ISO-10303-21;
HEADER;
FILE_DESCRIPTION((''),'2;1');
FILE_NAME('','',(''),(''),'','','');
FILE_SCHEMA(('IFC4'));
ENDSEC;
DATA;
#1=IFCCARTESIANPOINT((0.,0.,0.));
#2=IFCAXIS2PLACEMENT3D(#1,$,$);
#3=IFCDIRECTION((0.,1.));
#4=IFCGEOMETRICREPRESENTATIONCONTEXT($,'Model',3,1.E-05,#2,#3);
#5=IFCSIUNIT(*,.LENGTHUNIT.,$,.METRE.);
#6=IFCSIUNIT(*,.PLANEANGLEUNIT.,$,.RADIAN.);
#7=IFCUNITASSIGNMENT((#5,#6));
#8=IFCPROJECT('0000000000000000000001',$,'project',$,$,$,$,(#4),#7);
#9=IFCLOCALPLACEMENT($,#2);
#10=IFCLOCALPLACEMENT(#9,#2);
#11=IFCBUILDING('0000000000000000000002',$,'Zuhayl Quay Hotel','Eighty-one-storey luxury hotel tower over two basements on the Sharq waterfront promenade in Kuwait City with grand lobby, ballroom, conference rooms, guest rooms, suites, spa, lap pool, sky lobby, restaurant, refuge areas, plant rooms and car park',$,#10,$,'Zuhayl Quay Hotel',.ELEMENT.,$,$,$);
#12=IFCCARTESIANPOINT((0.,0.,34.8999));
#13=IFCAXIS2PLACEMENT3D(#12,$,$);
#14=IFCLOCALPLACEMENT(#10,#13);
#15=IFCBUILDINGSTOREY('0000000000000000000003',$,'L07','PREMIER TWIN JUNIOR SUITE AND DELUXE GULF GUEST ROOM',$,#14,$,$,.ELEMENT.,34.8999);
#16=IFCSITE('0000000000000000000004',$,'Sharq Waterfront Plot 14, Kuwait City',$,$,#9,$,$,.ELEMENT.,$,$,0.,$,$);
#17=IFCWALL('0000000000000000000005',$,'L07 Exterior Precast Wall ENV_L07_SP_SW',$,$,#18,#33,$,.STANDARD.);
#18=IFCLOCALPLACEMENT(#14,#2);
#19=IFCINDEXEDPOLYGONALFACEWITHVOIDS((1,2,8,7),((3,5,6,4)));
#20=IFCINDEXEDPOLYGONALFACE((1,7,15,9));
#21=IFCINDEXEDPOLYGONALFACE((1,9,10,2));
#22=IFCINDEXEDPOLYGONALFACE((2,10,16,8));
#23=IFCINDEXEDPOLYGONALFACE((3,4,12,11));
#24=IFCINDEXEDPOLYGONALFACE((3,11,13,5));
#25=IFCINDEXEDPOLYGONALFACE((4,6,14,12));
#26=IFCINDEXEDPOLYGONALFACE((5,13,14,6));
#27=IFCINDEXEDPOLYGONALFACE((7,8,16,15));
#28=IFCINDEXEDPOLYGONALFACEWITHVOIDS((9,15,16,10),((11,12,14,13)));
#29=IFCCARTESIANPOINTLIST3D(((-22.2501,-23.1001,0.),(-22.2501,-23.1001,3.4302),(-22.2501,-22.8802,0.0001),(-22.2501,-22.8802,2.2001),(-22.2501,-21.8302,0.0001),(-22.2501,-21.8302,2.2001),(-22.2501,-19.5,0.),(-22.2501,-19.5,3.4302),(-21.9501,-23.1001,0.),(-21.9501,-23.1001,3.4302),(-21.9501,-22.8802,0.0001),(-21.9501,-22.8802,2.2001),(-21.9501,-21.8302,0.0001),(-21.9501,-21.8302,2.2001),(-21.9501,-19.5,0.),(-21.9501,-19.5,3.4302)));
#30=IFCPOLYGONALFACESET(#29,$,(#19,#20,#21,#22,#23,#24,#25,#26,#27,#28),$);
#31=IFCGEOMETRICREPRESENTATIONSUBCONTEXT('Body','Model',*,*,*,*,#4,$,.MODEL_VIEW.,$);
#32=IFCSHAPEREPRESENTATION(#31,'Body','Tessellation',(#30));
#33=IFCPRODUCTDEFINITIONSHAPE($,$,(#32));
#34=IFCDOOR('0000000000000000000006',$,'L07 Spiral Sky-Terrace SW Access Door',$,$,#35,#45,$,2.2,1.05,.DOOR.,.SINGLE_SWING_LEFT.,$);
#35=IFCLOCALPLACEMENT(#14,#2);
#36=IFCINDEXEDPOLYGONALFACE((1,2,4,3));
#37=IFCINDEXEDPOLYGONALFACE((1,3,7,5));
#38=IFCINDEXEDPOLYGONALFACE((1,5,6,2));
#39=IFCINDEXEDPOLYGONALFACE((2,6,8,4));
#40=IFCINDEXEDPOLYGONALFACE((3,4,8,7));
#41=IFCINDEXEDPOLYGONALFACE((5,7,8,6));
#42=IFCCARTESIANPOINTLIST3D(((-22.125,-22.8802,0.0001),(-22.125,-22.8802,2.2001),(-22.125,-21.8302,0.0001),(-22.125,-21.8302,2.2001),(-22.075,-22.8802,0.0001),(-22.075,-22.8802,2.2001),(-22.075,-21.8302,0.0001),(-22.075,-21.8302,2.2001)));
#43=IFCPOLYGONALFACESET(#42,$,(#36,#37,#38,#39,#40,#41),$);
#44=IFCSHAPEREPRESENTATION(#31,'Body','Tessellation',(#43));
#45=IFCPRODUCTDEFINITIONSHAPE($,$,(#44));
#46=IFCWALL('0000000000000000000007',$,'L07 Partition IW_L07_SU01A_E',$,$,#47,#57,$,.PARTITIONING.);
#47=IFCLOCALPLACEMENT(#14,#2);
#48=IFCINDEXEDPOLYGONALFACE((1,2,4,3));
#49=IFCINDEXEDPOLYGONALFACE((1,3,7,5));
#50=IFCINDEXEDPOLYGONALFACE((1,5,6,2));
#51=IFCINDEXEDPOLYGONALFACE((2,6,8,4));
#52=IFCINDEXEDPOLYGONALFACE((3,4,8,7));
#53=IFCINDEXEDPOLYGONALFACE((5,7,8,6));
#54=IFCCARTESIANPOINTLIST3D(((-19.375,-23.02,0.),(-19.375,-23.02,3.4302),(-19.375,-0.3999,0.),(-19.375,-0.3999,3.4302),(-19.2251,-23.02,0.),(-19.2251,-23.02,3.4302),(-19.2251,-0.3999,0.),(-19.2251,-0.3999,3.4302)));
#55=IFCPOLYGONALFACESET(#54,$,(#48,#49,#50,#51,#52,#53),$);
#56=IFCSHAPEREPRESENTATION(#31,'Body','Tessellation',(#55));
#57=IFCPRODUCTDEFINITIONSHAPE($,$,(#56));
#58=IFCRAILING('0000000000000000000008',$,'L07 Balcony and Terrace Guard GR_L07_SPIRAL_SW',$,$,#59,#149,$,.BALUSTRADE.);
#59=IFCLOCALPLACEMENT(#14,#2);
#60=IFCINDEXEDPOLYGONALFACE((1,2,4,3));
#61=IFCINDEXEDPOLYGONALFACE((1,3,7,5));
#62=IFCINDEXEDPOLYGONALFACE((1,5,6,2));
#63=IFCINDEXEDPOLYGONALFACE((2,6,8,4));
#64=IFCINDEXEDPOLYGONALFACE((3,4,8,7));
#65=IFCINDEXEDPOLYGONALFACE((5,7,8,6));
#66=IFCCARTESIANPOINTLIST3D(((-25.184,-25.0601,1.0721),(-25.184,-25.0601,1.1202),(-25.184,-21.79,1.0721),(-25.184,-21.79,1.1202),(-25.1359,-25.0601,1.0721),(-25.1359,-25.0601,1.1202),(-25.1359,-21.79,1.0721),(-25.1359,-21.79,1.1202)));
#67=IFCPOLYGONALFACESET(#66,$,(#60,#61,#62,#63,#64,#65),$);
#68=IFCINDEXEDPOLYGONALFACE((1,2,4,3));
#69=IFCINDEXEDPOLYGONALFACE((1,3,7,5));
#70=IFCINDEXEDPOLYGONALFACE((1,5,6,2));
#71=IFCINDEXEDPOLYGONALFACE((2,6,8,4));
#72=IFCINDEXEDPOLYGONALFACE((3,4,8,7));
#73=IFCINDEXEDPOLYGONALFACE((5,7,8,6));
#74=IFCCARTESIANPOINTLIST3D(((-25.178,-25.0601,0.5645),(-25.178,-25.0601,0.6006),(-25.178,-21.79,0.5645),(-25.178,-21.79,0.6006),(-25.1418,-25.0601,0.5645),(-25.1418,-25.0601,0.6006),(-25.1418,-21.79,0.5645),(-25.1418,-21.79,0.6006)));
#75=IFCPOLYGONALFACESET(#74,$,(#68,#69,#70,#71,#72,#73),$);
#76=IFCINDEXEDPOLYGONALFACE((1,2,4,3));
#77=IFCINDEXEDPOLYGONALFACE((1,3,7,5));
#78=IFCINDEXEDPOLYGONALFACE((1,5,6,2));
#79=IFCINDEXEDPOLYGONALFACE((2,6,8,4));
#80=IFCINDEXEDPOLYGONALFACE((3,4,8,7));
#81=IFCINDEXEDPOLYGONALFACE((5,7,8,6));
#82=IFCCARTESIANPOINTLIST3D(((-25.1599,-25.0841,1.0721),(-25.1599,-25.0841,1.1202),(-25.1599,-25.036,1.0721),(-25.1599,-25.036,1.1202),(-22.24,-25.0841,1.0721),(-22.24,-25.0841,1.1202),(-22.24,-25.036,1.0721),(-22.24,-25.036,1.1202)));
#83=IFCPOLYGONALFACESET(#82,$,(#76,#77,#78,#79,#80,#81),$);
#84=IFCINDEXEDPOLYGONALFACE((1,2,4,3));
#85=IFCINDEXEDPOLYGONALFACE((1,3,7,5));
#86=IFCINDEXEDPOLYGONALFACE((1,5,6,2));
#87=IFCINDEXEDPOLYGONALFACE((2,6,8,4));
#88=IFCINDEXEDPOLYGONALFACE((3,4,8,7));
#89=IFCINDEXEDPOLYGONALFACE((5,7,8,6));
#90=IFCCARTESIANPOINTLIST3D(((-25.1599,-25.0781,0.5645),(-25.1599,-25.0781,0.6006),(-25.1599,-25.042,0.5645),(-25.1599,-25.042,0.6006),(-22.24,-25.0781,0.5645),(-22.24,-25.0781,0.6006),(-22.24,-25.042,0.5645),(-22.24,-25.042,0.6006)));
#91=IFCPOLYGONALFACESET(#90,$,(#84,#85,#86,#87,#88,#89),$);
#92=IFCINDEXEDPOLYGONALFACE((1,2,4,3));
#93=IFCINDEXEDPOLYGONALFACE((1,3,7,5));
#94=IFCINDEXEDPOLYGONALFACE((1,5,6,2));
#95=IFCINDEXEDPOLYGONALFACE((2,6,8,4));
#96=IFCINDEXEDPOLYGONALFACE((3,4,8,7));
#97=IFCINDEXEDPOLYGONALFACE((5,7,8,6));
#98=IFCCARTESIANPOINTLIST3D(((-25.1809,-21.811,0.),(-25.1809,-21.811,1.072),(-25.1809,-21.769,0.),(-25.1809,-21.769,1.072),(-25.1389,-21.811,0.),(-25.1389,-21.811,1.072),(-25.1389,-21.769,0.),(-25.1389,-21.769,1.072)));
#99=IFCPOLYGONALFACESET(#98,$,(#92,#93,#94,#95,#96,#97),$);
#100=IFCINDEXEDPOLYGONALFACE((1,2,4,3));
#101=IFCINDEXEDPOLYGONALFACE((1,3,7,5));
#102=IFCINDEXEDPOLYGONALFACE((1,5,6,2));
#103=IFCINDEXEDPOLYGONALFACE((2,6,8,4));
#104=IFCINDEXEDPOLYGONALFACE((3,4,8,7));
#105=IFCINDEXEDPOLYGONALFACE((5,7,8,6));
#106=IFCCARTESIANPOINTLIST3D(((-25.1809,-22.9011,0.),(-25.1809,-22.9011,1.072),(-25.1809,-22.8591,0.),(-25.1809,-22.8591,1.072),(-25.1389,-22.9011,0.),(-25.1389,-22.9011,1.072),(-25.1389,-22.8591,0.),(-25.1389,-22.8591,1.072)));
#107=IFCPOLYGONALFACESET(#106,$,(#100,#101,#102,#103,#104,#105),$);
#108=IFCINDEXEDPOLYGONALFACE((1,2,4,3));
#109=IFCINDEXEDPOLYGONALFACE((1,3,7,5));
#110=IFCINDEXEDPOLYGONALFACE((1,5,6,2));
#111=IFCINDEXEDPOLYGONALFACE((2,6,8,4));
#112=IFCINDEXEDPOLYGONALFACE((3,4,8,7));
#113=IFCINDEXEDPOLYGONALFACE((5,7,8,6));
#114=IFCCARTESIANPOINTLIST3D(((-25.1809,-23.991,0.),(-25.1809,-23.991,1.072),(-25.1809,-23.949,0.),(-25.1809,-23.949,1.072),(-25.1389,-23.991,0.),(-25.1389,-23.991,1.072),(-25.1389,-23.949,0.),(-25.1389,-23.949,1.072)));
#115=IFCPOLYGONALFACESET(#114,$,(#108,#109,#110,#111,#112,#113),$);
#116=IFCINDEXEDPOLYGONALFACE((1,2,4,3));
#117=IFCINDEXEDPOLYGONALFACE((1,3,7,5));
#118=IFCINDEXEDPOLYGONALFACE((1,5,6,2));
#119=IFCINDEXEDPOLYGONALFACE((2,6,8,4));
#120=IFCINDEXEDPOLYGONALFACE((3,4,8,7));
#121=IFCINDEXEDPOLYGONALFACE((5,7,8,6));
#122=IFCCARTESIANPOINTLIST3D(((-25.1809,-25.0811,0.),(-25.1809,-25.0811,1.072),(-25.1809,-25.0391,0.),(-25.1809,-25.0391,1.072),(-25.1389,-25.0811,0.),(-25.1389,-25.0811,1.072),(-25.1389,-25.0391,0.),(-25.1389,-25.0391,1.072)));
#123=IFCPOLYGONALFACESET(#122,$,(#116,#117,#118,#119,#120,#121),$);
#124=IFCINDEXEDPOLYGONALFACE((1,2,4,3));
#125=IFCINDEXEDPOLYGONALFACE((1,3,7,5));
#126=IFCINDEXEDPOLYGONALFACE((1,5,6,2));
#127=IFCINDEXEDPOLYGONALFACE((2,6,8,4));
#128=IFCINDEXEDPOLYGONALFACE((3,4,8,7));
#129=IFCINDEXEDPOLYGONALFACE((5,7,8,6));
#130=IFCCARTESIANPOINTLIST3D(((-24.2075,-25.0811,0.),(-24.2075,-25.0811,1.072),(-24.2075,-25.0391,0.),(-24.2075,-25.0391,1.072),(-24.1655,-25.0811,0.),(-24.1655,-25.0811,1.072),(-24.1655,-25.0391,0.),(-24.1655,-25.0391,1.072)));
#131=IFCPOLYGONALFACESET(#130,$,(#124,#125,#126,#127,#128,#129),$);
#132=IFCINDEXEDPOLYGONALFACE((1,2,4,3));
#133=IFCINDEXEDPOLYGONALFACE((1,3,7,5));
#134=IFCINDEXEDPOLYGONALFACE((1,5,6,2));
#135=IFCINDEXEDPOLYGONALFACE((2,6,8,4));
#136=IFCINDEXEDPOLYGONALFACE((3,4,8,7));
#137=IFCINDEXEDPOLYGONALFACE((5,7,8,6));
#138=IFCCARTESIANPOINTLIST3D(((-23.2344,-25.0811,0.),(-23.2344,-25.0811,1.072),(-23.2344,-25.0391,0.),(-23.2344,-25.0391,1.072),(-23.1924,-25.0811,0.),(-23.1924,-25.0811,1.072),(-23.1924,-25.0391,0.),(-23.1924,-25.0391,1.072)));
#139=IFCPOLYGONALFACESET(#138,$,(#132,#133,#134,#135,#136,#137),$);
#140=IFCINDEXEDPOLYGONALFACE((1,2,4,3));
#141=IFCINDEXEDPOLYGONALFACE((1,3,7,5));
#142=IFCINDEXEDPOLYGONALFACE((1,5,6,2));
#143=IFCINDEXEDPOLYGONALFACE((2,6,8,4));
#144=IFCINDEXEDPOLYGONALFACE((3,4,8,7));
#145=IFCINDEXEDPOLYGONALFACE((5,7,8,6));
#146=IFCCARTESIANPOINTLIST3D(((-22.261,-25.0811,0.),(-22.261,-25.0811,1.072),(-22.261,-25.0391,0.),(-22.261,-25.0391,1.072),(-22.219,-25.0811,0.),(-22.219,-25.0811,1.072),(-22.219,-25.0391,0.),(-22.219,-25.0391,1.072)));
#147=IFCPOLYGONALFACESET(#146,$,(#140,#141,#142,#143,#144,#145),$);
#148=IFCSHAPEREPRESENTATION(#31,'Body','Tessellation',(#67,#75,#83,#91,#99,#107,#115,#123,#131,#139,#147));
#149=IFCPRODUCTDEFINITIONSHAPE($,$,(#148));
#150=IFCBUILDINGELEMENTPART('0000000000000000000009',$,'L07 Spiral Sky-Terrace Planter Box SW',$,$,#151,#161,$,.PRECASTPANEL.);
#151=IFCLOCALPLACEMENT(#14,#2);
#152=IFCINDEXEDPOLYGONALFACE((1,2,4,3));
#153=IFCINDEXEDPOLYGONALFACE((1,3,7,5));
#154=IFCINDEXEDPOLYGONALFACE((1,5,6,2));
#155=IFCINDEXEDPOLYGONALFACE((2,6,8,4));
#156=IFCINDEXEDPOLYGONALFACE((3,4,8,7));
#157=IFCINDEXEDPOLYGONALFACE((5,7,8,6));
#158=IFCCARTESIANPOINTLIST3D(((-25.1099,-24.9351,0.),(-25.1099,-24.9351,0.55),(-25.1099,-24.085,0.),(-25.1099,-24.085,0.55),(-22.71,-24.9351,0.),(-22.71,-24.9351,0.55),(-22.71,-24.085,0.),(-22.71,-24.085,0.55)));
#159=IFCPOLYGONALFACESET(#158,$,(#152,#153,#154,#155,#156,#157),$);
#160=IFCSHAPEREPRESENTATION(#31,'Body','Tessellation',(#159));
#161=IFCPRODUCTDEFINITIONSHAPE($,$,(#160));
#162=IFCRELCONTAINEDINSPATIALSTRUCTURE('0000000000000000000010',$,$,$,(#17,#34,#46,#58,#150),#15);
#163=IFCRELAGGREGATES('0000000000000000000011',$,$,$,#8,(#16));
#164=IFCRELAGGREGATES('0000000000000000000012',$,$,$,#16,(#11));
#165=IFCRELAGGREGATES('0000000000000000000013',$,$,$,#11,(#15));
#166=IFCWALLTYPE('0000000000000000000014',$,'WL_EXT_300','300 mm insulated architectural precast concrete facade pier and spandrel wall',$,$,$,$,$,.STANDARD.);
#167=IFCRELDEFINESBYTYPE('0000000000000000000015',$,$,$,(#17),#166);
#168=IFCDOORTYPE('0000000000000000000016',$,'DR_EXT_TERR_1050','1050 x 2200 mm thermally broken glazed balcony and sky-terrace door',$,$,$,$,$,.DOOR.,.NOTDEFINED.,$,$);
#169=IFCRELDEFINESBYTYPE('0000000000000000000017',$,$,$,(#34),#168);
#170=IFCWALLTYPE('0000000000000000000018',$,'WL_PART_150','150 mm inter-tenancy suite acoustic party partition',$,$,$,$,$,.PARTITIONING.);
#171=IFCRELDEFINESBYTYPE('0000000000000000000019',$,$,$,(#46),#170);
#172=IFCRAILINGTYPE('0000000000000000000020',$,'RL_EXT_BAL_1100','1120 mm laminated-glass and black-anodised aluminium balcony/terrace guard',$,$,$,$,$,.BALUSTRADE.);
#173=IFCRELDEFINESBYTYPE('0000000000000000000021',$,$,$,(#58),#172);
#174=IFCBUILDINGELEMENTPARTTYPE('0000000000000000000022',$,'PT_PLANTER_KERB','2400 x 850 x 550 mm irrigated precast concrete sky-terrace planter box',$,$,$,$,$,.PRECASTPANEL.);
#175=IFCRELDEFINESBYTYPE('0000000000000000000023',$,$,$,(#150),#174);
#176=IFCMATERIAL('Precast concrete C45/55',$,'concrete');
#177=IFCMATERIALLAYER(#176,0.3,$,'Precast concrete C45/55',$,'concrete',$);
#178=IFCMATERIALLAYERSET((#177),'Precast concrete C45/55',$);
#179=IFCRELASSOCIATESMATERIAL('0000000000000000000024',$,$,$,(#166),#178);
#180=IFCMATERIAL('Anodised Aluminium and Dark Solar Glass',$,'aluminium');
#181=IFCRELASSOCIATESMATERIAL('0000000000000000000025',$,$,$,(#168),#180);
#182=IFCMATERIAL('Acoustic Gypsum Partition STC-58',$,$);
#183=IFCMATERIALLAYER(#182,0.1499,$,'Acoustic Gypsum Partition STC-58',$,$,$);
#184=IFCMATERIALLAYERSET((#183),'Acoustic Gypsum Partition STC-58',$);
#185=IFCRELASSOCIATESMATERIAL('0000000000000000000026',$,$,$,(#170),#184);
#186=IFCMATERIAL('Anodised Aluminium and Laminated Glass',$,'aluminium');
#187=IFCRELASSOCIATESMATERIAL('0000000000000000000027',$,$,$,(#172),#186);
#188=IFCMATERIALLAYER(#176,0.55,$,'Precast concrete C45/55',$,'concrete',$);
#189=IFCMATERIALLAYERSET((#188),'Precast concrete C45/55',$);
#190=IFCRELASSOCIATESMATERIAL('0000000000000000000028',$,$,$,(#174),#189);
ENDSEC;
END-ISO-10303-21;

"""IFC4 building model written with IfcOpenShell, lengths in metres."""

from ifc_helpers import new_model, si_unit, direction, frame, frame_2d, origin, origin_2d, place, context, subcontext, project, spatial, rectangle, extrude, material, layer, layer_set, type_object, element, fill, save


model = new_model("IFC4")

# Units and contexts
model_context = context("Model", 3, precision=1e-05, world=origin(), true_north=direction((0.0, 1.0)))
body_context = subcontext(model_context, "Body", "Model", "MODEL_VIEW")
ifc_project = project(units=[si_unit("LENGTHUNIT", "METRE"), si_unit("PLANEANGLEUNIT", "RADIAN")], contexts=[model_context])

# Site, building, storey
site_placement = place(None, origin())
site = spatial("IfcSite", under=ifc_project, at=site_placement, Name="Sharq Waterfront Plot 14, Kuwait City", CompositionType="ELEMENT", RefElevation=0.0)
building_placement = place(site_placement, origin())
building = spatial("IfcBuilding", under=site, at=building_placement, Name="Zuhayl Quay Hotel", Description="Eighty-one-storey luxury hotel tower over two basements on the Sharq waterfront promenade in Kuwait City with grand lobby, ballroom, conference rooms, guest rooms, suites, spa, lap pool, sky lobby, restaurant, refuge areas, plant rooms and car park", LongName="Zuhayl Quay Hotel", CompositionType="ELEMENT")
storey_placement = place(building_placement, frame((0.0, 0.0, 34.8999)))
storey = spatial("IfcBuildingStorey", under=building, at=storey_placement, Name="L07", Description="PREMIER TWIN JUNIOR SUITE AND DELUXE GULF GUEST ROOM", CompositionType="ELEMENT", Elevation=34.8999)

# Shared definitions
ifc_material_1 = material(Name="Precast concrete C45/55", Category="concrete")
ifc_layer_1 = layer(ifc_material_1, 0.3, Name="Precast concrete C45/55", Category="concrete")
ifc_layer_set_1 = layer_set([ifc_layer_1], Name="Precast concrete C45/55")
wall_type_1 = type_object("IfcWallType", Name="WL_EXT_300", Description="300 mm insulated architectural precast concrete facade pier and spandrel wall", PredefinedType="STANDARD", material=ifc_layer_set_1)

# Wall, opening, door
wall_1_placement = place(storey_placement, frame((-22.1001, -23.1001, 0.0), z_axis=(0.0, 0.0, 1.0), x_axis=(0.0, 1.0, 0.0)))
wall_1 = element("IfcWall", 1, at=wall_1_placement, inside=storey, type_object=wall_type_1, Name="L07 Exterior Precast Wall ENV_L07_SP_SW", PredefinedType="STANDARD", context=body_context, shape_type="SweptSolid", body=[
    extrude(rectangle(XDim=3.6001, YDim=0.3, at=frame_2d((1.8, 0.0))), origin(), (0.0, 0.0, 1.0), 3.4302),
])
opening_1_placement = place(wall_1_placement, frame((0.22, 0.0, 0.0)))
opening_1 = element("IfcOpeningElement", 2, at=opening_1_placement, cuts=wall_1, PredefinedType="OPENING", context=body_context, shape_type="SweptSolid", body=[
    extrude(rectangle(XDim=1.05, YDim=2.2, at=frame_2d((0.5249, 1.1001))), frame((0.0, 0.1599, 0.0), z_axis=(0.0, -1.0, 0.0), x_axis=(1.0, 0.0, 0.0)), (0.0, 0.0, 1.0), 0.3201),
])
ifc_material_2 = material(Name="Anodised Aluminium and Dark Solar Glass", Category="aluminium")
door_type = type_object("IfcDoorType", Name="DR_EXT_TERR_1050", Description="1050 x 2200 mm thermally broken glazed balcony and sky-terrace door", OperationType="NOTDEFINED", PredefinedType="DOOR", material=ifc_material_2)
door_placement = place(opening_1_placement, origin())
door = element("IfcDoor", 3, at=door_placement, inside=storey, type_object=door_type, Name="L07 Spiral Sky-Terrace SW Access Door", OperationType="SINGLE_SWING_LEFT", OverallHeight=2.2, OverallWidth=1.05, PredefinedType="DOOR", context=body_context, shape_type="SweptSolid", body=[
    extrude(rectangle(XDim=1.05, YDim=2.2, at=frame_2d((0.5249, 1.1001))), frame((0.0, 0.0249, 0.0), z_axis=(0.0, -1.0, 0.0), x_axis=(1.0, 0.0, 0.0)), (0.0, 0.0, 1.0), 0.05),
])
fill(opening_1, door)

# Wall
ifc_material_3 = material(Name="Acoustic Gypsum Partition STC-58")
ifc_layer_2 = layer(ifc_material_3, 0.1499, Name="Acoustic Gypsum Partition STC-58")
ifc_layer_set_2 = layer_set([ifc_layer_2], Name="Acoustic Gypsum Partition STC-58")
wall_type_2 = type_object("IfcWallType", Name="WL_PART_150", Description="150 mm inter-tenancy suite acoustic party partition", PredefinedType="PARTITIONING", material=ifc_layer_set_2)
wall_2_placement = place(storey_placement, frame((-19.3, -23.02, 0.0), z_axis=(0.0, 0.0, 1.0), x_axis=(0.0, 1.0, 0.0)))
element("IfcWall", 4, at=wall_2_placement, inside=storey, type_object=wall_type_2, Name="L07 Partition IW_L07_SU01A_E", PredefinedType="PARTITIONING", context=body_context, shape_type="SweptSolid", body=[
    extrude(rectangle(XDim=22.6201, YDim=0.1499, at=frame_2d((11.3101, 0.0))), origin(), (0.0, 0.0, 1.0), 3.4302),
])

# Railing
ifc_material_4 = material(Name="Anodised Aluminium and Laminated Glass", Category="aluminium")
railing_type = type_object("IfcRailingType", Name="RL_EXT_BAL_1100", Description="1120 mm laminated-glass and black-anodised aluminium balcony/terrace guard", PredefinedType="BALUSTRADE", material=ifc_material_4)
railing_1_placement = place(storey_placement, frame((-25.1599, -21.79, 0.0)))
element("IfcRailing", 5, at=railing_1_placement, inside=storey, type_object=railing_type, Name="L07 Balcony and Terrace Guard GR_L07_SPIRAL_SW", PredefinedType="BALUSTRADE", context=body_context, shape_type="SweptSolid", body=[
    extrude(rectangle(XDim=0.0481, YDim=0.0481, at=origin_2d()), frame((0.0, 0.0, 1.0962), z_axis=(0.0, -1.0, 0.0), x_axis=(1.0, 0.0, 0.0)), (0.0, 0.0, 1.0), 3.27),
    extrude(rectangle(XDim=0.0361, YDim=0.0361, at=origin_2d()), frame((0.0, 0.0, 0.5825), z_axis=(0.0, -1.0, 0.0), x_axis=(1.0, 0.0, 0.0)), (0.0, 0.0, 1.0), 3.27),
    extrude(rectangle(XDim=0.0481, YDim=0.0481, at=origin_2d()), frame((0.0, -3.27, 1.0962), z_axis=(1.0, 0.0, 0.0), x_axis=(0.0, 1.0, 0.0)), (0.0, 0.0, 1.0), 2.9199),
    extrude(rectangle(XDim=0.0361, YDim=0.0361, at=origin_2d()), frame((0.0, -3.27, 0.5825), z_axis=(1.0, 0.0, 0.0), x_axis=(0.0, 1.0, 0.0)), (0.0, 0.0, 1.0), 2.9199),
    extrude(rectangle(XDim=0.042, YDim=0.042, at=origin_2d()), origin(), (0.0, 0.0, 1.0), 1.072),
    extrude(rectangle(XDim=0.042, YDim=0.042, at=origin_2d()), frame((0.0, -1.0901, 0.0)), (0.0, 0.0, 1.0), 1.072),
    extrude(rectangle(XDim=0.042, YDim=0.042, at=origin_2d()), frame((0.0, -2.1799, 0.0)), (0.0, 0.0, 1.0), 1.072),
    extrude(rectangle(XDim=0.042, YDim=0.042, at=origin_2d()), frame((0.0, -3.27, 0.0)), (0.0, 0.0, 1.0), 1.072),
    extrude(rectangle(XDim=0.042, YDim=0.042, at=origin_2d()), frame((0.9734, -3.27, 0.0)), (0.0, 0.0, 1.0), 1.072),
    extrude(rectangle(XDim=0.042, YDim=0.042, at=origin_2d()), frame((1.9465, -3.27, 0.0)), (0.0, 0.0, 1.0), 1.072),
    extrude(rectangle(XDim=0.042, YDim=0.042, at=origin_2d()), frame((2.9199, -3.27, 0.0)), (0.0, 0.0, 1.0), 1.072),
])

# Building element part
ifc_layer_3 = layer(ifc_material_1, 0.55, Name="Precast concrete C45/55", Category="concrete")
ifc_layer_set_3 = layer_set([ifc_layer_3], Name="Precast concrete C45/55")
building_element_part_type = type_object("IfcBuildingElementPartType", Name="PT_PLANTER_KERB", Description="2400 x 850 x 550 mm irrigated precast concrete sky-terrace planter box", PredefinedType="PRECASTPANEL", material=ifc_layer_set_3)
building_element_part_placement = place(storey_placement, frame((-23.9099, -24.51, 0.0), z_axis=(0.0, 0.0, 1.0), x_axis=(1.0, 0.0, 0.0)))
element("IfcBuildingElementPart", 6, at=building_element_part_placement, inside=storey, type_object=building_element_part_type, Name="L07 Spiral Sky-Terrace Planter Box SW", PredefinedType="PRECASTPANEL", context=body_context, shape_type="SweptSolid", body=[
    extrude(rectangle(XDim=2.3999, YDim=0.8501, at=origin_2d()), origin(), (0.0, 0.0, 1.0), 0.55),
])

save(model, "model.ifc")
